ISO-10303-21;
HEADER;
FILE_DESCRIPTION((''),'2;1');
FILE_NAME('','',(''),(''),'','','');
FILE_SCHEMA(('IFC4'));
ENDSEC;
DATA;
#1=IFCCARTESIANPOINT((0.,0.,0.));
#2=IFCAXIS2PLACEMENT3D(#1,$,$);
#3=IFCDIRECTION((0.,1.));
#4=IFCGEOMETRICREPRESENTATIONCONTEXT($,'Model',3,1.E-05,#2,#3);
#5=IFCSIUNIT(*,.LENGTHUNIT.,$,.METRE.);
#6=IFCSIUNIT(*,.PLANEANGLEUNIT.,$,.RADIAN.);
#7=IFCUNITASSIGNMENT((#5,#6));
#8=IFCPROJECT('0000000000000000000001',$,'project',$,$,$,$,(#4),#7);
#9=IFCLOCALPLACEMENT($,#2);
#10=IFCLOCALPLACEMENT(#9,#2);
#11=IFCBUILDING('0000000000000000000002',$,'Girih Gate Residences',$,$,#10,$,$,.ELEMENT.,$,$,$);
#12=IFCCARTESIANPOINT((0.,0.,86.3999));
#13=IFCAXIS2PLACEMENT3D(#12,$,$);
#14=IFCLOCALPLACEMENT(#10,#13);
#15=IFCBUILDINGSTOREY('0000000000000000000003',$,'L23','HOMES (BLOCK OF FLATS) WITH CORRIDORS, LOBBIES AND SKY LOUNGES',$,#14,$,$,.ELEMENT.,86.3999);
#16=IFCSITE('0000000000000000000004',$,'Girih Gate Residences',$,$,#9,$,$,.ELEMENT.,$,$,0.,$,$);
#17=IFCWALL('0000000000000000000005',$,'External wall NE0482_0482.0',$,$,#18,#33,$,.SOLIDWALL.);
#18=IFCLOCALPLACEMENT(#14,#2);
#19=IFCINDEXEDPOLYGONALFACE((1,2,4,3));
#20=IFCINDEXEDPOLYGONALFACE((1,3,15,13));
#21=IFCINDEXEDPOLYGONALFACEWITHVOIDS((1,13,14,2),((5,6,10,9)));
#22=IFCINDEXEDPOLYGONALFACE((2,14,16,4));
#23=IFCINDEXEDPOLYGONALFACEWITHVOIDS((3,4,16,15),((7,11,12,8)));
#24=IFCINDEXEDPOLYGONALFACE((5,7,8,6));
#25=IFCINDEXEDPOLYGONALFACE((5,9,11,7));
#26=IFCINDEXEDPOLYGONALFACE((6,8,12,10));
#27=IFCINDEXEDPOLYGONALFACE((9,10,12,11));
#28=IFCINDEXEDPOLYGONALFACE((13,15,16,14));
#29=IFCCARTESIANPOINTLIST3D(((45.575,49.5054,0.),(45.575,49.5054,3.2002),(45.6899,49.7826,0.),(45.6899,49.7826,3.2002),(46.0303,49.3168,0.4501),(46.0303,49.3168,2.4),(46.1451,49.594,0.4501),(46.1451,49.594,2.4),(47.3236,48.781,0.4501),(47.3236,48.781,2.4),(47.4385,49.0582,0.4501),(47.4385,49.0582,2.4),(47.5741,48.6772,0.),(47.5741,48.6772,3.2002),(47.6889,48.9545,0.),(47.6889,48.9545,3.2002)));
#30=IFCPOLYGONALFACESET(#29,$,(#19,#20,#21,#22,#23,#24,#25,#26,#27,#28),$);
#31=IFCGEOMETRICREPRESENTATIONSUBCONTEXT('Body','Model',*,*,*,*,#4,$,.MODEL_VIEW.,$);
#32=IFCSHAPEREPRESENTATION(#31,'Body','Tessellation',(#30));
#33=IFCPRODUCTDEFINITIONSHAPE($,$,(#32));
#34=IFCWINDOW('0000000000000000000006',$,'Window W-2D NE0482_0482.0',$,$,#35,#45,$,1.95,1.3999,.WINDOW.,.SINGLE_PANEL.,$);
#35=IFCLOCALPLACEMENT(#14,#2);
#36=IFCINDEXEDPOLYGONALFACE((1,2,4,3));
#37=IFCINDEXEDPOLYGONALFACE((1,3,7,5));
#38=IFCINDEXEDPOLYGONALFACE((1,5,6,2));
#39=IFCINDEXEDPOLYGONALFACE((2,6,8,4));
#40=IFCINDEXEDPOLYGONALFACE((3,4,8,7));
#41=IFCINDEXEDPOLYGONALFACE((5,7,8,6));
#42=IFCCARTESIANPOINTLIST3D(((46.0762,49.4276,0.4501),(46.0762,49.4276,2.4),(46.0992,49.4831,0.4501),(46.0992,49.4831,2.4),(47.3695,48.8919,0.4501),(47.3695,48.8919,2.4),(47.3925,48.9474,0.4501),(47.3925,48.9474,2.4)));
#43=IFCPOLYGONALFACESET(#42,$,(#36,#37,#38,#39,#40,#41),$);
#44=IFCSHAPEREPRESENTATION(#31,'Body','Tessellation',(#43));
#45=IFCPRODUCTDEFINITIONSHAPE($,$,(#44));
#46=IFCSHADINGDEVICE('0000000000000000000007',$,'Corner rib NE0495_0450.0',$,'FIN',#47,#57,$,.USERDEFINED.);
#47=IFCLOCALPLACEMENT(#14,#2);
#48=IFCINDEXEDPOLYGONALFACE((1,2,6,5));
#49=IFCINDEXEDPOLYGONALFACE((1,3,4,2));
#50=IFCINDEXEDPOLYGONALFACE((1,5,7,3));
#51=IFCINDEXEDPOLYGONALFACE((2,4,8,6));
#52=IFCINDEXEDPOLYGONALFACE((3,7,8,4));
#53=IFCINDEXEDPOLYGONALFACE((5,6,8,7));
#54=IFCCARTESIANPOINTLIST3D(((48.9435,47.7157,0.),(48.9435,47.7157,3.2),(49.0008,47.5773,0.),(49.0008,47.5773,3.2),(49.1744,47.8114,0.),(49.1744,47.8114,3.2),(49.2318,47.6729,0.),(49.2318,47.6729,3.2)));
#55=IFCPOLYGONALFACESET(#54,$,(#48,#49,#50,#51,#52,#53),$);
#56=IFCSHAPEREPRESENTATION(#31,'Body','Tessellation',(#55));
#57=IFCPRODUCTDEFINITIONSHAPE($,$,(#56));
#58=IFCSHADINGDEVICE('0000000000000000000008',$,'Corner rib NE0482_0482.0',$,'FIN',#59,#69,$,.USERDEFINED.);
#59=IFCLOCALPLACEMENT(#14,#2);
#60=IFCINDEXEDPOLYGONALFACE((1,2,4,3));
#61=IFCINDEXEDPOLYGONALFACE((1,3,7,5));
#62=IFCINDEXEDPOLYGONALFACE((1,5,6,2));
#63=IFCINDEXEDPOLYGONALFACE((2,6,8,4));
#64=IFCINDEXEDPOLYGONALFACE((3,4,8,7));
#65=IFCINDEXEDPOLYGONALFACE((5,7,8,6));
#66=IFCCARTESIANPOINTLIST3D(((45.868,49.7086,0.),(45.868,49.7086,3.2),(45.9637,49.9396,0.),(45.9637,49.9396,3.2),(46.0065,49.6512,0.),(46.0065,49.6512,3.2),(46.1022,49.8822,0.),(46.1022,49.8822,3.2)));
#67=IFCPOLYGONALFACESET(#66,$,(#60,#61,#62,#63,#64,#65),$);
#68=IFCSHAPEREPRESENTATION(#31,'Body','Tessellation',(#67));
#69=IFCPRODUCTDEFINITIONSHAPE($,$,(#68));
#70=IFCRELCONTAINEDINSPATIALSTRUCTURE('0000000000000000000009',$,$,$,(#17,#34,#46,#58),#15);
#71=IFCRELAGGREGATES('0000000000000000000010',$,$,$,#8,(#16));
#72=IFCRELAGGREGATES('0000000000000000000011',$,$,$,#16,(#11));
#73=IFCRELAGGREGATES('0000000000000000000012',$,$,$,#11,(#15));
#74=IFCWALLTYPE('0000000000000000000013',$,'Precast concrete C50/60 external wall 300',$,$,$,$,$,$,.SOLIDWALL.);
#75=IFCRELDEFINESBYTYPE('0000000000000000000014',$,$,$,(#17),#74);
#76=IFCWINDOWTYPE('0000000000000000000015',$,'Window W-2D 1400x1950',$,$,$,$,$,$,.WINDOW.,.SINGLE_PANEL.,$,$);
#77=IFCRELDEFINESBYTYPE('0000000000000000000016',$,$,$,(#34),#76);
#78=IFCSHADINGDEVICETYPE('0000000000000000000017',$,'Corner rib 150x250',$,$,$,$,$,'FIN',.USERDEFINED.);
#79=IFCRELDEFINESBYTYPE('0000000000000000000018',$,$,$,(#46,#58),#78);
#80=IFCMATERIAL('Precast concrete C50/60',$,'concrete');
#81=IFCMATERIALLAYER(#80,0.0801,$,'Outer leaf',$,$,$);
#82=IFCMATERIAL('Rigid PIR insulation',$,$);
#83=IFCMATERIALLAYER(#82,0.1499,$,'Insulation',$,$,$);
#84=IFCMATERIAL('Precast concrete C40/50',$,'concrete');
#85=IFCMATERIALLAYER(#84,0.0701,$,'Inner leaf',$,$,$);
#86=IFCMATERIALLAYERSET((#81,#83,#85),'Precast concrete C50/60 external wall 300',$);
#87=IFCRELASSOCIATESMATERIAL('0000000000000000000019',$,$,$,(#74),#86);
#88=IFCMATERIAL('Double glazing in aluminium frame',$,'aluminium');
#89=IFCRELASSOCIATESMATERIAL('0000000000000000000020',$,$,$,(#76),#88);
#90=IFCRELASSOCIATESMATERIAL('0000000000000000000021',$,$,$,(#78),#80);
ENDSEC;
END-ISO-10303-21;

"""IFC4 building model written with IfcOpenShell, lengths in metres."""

from ifc_helpers import new_model, si_unit, direction, frame, frame_2d, origin, origin_2d, place, context, subcontext, project, spatial, rectangle, extrude, material, layer, layer_set, type_object, element, fill, save


model = new_model("IFC4")

# Units and contexts
model_context = context("Model", 3, precision=1e-05, world=origin(), true_north=direction((0.0, 1.0)))
body_context = subcontext(model_context, "Body", "Model", "MODEL_VIEW")
ifc_project = project(units=[si_unit("LENGTHUNIT", "METRE"), si_unit("PLANEANGLEUNIT", "RADIAN")], contexts=[model_context])

# Site, building, storey
site_placement = place(None, origin())
site = spatial("IfcSite", under=ifc_project, at=site_placement, Name="Girih Gate Residences", CompositionType="ELEMENT", RefElevation=0.0)
building_placement = place(site_placement, origin())
building = spatial("IfcBuilding", under=site, at=building_placement, Name="Girih Gate Residences", CompositionType="ELEMENT")
storey_placement = place(building_placement, frame((0.0, 0.0, 86.3999)))
storey = spatial("IfcBuildingStorey", under=building, at=storey_placement, Name="L23", Description="HOMES (BLOCK OF FLATS) WITH CORRIDORS, LOBBIES AND SKY LOUNGES", CompositionType="ELEMENT", Elevation=86.3999)

# Wall, opening, window
ifc_material_1 = material(Name="Precast concrete C50/60", Category="concrete")
ifc_layer_1 = layer(ifc_material_1, 0.0801, Name="Outer leaf")
ifc_material_2 = material(Name="Rigid PIR insulation")
ifc_layer_2 = layer(ifc_material_2, 0.1499, Name="Insulation")
ifc_material_3 = material(Name="Precast concrete C40/50", Category="concrete")
ifc_layer_3 = layer(ifc_material_3, 0.0701, Name="Inner leaf")
ifc_layer_set_1 = layer_set([ifc_layer_1, ifc_layer_2, ifc_layer_3], Name="Precast concrete C50/60 external wall 300")
wall_type_1 = type_object("IfcWallType", Name="Precast concrete C50/60 external wall 300", PredefinedType="SOLIDWALL", material=ifc_layer_set_1)
ifc_material_4 = material(Name="Double glazing in aluminium frame", Category="aluminium")
window_type_1 = type_object("IfcWindowType", Name="Window W-2D 1400x1950", PartitioningType="SINGLE_PANEL", PredefinedType="WINDOW", material=ifc_material_4)
wall_1_placement = place(storey_placement, frame((45.6323, 49.644, 0.0), z_axis=(0.0, 0.0, 1.0), x_axis=(0.923863, -0.382724, 0.0)))
wall_1 = element("IfcWall", 1, at=wall_1_placement, inside=storey, type_object=wall_type_1, Name="External wall NE0482_0482.0", PredefinedType="SOLIDWALL", context=body_context, shape_type="SweptSolid", body=[
    extrude(rectangle(XDim=2.1638, YDim=0.3, at=frame_2d((1.082, 0.0))), origin(), (0.0, 0.0, 1.0), 3.2002),
])
opening_1_placement = place(wall_1_placement, frame((0.4929, 0.0, 0.45)))
opening_1 = element("IfcOpeningElement", 2, at=opening_1_placement, cuts=wall_1, PredefinedType="OPENING", context=body_context, shape_type="SweptSolid", body=[
    extrude(rectangle(XDim=1.3999, YDim=1.95, at=frame_2d((0.7, 0.9751))), frame((0.0, 0.1599, 0.0), z_axis=(0.0, -1.0, 0.0), x_axis=(1.0, 0.0, 0.0)), (0.0, 0.0, 1.0), 0.3201),
])
window_1_placement = place(opening_1_placement, origin())
window_1 = element("IfcWindow", 3, at=window_1_placement, inside=storey, type_object=window_type_1, Name="Window W-2D NE0482_0482.0", OverallHeight=1.95, OverallWidth=1.3999, PartitioningType="SINGLE_PANEL", PredefinedType="WINDOW", context=body_context, shape_type="SweptSolid", body=[
    extrude(rectangle(XDim=1.3999, YDim=1.95, at=frame_2d((0.7, 0.9751))), frame((0.0, 0.03, 0.0), z_axis=(0.0, -1.0, 0.0), x_axis=(1.0, 0.0, 0.0)), (0.0, 0.0, 1.0), 0.0601),
])
fill(opening_1, window_1)

# Shading devices
shading_device_type = type_object("IfcShadingDeviceType", Name="Corner rib 150x250", ElementType="FIN", PredefinedType="USERDEFINED", material=ifc_material_1)
for number, where, z_axis, x_axis, name in (
    (4, (49.0876, 47.6943, 0.0), (0.0, 0.0, 1.0), (-0.382683, 0.92388, 0.0), "Corner rib NE0495_0450.0"),
    (5, (45.9851, 49.7954, 0.0), (0.0, 0.0, 1.0), (-0.92388, 0.382683, 0.0), "Corner rib NE0482_0482.0"),
):
    element("IfcShadingDevice", number, at=place(storey_placement, frame(where, z_axis=z_axis, x_axis=x_axis)), inside=storey, type_object=shading_device_type, Name=name, ObjectType="FIN", PredefinedType="USERDEFINED", context=body_context, shape_type="SweptSolid", body=[
        extrude(rectangle(XDim=0.1499, YDim=0.25, at=origin_2d()), origin(), (0.0, 0.0, 1.0), 3.2),
    ])

save(model, "model.ifc")
